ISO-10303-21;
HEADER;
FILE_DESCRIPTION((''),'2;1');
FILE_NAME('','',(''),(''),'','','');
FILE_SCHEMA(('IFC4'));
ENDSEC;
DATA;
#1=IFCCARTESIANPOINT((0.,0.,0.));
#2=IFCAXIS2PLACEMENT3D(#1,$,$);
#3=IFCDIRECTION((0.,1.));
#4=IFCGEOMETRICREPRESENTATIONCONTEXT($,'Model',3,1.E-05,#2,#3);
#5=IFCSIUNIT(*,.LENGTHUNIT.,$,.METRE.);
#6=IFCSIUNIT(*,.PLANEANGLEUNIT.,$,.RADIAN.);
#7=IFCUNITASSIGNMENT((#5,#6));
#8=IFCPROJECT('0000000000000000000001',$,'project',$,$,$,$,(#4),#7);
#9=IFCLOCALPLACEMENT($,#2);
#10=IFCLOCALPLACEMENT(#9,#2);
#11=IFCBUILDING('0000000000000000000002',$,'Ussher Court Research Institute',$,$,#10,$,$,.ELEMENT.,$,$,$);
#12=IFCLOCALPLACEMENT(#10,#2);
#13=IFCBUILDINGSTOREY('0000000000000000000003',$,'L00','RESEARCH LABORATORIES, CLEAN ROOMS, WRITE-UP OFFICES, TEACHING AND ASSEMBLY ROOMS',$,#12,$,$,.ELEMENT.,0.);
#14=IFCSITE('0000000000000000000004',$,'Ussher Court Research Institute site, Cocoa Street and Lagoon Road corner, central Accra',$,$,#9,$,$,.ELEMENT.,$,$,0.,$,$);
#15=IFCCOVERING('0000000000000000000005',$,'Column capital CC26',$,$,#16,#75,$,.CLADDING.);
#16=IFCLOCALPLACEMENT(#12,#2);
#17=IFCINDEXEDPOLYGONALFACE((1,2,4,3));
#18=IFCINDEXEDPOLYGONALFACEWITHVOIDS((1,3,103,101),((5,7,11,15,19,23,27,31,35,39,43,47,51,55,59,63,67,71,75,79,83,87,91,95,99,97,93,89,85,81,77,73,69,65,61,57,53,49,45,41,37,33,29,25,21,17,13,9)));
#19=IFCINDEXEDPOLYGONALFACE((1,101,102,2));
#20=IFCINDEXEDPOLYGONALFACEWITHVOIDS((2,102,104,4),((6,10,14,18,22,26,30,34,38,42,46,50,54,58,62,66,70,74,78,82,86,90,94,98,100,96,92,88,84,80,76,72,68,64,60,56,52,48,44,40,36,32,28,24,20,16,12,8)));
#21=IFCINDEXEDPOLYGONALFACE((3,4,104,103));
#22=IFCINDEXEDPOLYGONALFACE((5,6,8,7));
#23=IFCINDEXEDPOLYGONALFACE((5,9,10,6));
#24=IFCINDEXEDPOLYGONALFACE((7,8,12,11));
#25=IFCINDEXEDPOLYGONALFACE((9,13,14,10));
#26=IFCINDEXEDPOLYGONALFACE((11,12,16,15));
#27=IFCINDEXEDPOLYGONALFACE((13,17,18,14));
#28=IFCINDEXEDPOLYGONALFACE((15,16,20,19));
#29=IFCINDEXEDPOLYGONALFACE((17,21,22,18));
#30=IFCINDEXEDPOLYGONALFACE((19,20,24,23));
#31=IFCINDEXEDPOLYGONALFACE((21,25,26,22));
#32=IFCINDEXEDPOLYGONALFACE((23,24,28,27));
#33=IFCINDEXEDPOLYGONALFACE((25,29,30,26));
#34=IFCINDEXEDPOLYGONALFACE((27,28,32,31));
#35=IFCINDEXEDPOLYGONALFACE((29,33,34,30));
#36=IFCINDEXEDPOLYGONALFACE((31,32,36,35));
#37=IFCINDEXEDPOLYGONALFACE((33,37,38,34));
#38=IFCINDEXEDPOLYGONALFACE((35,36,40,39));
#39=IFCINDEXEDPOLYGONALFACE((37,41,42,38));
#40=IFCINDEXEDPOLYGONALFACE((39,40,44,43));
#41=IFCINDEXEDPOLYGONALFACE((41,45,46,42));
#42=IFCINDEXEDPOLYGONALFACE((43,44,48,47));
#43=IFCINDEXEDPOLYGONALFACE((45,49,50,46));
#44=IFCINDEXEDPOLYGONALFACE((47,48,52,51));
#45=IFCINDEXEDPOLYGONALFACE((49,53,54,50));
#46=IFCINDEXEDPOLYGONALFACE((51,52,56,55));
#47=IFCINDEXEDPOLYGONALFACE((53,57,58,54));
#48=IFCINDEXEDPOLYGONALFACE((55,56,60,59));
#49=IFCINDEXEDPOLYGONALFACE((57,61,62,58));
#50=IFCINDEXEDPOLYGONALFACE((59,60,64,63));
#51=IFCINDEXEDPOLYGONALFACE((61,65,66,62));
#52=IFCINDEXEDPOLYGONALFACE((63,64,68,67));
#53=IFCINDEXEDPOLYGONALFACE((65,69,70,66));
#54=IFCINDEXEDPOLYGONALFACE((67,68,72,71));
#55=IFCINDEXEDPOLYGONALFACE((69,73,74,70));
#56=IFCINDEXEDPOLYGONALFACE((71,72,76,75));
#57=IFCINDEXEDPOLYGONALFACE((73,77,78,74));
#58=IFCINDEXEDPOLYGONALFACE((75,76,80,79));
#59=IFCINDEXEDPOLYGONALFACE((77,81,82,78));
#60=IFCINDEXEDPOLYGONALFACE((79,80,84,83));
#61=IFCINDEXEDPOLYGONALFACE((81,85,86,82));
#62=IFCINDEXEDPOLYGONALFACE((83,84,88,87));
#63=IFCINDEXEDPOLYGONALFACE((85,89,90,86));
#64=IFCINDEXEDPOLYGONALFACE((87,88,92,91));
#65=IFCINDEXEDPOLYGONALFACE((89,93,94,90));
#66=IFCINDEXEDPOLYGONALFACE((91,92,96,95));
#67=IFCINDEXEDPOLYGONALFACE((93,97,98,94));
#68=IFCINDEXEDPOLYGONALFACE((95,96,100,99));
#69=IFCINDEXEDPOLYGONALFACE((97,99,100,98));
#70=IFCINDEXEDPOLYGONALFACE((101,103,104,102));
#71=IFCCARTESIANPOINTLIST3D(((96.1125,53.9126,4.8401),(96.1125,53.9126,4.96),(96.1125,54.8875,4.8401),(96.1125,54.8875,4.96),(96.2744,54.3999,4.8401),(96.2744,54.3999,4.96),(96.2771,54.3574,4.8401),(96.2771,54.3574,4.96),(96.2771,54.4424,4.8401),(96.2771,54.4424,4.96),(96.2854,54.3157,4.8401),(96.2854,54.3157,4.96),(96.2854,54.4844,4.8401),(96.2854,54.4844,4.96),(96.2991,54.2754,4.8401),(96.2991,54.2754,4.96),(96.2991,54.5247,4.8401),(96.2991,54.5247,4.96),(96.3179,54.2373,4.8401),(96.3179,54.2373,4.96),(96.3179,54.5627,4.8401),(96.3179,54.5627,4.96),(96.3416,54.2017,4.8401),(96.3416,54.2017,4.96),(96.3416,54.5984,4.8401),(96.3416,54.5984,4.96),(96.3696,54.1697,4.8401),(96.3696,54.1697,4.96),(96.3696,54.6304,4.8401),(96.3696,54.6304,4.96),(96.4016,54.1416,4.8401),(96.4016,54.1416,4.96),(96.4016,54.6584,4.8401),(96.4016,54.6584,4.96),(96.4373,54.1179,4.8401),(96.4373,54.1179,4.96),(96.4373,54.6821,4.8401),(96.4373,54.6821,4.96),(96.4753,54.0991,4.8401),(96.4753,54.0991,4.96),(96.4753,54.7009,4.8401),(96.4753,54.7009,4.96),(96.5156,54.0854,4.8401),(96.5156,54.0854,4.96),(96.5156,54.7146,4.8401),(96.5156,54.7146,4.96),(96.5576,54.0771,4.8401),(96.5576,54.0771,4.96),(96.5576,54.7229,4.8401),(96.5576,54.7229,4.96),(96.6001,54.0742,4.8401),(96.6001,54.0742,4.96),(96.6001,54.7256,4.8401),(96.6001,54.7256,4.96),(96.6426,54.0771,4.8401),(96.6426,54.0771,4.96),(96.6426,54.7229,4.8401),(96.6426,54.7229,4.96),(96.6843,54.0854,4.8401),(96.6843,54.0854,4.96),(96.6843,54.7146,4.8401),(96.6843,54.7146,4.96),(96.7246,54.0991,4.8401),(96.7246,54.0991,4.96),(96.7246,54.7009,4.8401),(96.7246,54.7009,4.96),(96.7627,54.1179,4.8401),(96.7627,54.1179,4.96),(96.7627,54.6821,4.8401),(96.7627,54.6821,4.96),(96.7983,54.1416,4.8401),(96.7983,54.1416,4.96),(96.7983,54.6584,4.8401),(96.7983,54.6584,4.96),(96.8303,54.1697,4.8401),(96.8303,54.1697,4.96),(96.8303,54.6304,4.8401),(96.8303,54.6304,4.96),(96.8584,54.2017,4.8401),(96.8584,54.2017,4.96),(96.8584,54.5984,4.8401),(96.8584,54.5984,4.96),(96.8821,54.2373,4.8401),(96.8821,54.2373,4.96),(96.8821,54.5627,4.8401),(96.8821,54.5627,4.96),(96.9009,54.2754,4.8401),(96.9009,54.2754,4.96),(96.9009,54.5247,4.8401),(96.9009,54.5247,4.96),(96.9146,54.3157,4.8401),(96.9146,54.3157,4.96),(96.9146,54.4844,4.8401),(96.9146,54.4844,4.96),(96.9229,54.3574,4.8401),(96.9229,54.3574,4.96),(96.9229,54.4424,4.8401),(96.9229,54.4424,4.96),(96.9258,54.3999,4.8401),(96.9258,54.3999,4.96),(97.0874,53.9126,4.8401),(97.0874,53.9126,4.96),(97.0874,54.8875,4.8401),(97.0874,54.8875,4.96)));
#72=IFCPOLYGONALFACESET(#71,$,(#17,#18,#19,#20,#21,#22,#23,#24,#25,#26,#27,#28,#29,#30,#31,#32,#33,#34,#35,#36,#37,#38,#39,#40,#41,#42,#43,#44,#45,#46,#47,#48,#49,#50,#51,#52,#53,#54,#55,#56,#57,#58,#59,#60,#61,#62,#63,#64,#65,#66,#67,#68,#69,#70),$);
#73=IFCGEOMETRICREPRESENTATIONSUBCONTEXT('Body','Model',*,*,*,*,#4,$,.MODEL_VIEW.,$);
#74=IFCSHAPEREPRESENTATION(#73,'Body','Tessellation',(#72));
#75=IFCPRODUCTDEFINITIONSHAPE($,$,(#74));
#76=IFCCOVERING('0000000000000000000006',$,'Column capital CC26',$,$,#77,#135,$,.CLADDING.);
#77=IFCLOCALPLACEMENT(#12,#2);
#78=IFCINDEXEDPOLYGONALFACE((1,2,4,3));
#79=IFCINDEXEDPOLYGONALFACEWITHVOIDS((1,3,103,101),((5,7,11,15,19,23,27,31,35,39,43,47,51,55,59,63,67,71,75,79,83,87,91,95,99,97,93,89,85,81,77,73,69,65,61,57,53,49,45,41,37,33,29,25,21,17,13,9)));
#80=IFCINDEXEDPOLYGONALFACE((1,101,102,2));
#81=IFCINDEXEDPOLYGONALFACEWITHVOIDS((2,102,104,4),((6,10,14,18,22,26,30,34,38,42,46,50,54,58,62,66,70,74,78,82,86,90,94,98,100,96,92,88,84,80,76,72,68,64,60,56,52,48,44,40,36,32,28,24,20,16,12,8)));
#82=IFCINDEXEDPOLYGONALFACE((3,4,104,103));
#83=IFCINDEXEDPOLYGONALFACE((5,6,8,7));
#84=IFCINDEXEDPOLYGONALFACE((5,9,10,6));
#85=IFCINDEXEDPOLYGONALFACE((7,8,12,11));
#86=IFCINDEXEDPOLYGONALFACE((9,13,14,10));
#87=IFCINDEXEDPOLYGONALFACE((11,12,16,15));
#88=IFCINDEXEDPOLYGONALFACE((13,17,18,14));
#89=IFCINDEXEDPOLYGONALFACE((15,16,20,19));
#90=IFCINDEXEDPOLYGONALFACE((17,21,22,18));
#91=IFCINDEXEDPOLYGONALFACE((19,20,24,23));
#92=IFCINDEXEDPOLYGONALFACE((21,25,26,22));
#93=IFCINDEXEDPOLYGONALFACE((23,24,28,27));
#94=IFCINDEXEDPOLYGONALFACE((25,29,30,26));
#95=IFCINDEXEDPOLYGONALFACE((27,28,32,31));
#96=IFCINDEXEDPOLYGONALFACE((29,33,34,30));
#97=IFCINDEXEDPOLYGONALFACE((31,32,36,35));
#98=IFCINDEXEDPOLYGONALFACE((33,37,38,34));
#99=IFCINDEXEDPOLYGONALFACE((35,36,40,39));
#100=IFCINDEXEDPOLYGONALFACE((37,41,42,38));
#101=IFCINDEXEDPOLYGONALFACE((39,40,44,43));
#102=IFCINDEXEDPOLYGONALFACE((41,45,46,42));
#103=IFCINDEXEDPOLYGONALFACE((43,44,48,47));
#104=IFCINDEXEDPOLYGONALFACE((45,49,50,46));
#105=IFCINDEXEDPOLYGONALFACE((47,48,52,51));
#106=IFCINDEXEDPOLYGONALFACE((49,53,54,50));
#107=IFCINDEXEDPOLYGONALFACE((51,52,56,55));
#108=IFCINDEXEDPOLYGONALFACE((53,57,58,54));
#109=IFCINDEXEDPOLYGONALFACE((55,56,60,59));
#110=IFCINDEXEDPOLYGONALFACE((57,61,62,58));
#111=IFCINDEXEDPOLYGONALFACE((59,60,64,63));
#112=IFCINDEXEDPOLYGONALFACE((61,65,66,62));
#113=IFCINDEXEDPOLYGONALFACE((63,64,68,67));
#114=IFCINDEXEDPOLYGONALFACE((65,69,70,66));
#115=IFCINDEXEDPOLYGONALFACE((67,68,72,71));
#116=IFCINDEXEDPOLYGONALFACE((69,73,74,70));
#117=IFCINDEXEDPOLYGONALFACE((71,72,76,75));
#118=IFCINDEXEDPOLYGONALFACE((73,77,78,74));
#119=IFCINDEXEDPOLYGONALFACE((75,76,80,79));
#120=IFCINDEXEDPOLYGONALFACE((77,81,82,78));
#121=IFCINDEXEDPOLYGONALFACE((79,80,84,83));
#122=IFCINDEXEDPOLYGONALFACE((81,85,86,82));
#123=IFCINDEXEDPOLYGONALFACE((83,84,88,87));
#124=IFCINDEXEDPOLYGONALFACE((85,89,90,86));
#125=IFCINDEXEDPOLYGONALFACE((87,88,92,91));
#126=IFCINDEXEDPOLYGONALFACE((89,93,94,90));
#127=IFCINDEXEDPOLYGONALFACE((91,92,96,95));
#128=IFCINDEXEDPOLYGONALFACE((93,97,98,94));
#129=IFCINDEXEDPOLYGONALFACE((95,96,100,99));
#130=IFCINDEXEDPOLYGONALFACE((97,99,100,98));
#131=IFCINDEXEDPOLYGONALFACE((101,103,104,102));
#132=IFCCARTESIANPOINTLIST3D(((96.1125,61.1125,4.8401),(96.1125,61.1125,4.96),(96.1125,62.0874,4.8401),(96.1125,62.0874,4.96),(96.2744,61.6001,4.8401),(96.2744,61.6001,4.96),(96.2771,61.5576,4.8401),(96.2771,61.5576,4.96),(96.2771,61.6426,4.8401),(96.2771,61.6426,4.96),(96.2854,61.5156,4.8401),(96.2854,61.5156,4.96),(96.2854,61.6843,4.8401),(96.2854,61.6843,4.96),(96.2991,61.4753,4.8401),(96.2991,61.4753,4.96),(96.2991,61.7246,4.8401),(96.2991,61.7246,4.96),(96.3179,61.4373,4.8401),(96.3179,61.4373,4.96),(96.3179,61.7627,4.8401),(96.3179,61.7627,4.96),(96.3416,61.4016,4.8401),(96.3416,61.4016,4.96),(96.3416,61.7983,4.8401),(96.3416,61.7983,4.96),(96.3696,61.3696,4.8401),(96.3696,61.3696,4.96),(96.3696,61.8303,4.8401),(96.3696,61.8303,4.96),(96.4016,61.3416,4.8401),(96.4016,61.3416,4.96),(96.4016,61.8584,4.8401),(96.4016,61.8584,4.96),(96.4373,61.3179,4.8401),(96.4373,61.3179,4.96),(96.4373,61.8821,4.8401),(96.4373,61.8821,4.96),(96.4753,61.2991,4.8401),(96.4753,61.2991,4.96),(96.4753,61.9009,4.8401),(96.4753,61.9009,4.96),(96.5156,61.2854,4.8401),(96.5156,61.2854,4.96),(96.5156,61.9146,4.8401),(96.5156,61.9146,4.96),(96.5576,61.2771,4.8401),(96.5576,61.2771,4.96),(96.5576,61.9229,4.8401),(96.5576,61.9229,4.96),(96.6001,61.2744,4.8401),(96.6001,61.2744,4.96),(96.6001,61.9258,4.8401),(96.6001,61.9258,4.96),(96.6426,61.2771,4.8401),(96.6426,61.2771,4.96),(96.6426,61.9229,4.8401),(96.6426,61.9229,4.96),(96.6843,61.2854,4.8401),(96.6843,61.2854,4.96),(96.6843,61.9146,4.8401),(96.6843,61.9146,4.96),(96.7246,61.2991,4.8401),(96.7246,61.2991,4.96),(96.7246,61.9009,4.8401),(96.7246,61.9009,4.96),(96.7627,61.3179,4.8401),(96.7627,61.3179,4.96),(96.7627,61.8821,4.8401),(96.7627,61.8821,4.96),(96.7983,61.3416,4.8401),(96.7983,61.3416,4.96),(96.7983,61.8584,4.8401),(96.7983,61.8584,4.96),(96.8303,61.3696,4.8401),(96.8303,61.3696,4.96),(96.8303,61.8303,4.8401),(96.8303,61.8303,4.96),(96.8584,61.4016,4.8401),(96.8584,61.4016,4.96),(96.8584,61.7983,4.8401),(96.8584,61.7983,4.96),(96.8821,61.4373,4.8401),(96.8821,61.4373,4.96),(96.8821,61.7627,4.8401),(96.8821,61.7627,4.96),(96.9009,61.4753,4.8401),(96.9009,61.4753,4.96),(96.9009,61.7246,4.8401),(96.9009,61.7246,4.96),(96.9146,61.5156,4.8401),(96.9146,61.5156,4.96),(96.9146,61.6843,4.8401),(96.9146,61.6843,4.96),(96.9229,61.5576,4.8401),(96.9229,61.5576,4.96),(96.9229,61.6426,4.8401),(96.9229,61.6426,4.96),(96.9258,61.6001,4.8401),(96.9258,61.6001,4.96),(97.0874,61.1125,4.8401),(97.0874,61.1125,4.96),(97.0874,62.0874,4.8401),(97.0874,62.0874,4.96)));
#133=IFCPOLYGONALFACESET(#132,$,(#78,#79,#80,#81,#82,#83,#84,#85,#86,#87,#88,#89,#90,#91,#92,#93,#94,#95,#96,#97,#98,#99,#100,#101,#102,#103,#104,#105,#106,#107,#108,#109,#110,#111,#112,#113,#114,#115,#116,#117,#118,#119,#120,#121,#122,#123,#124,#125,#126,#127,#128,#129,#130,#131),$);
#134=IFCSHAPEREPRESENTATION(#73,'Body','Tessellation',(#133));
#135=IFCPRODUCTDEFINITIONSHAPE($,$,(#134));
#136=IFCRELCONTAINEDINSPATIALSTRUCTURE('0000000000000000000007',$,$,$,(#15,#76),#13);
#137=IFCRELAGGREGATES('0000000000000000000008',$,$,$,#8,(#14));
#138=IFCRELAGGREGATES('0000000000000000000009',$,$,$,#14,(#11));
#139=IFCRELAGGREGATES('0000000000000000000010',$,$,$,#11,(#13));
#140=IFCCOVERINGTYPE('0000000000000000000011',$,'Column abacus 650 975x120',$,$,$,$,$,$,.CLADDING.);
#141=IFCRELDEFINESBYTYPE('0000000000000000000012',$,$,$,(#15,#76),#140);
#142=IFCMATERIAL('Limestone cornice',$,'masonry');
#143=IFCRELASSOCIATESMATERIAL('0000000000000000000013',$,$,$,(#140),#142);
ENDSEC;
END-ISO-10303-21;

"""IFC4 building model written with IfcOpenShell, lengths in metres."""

from ifc_helpers import new_model, si_unit, direction, frame, origin, place, context, subcontext, project, spatial, polyline, outline, extrude, material, type_object, element, save


model = new_model("IFC4")

# Units and contexts
model_context = context("Model", 3, precision=1e-05, world=origin(), true_north=direction((0.0, 1.0)))
body_context = subcontext(model_context, "Body", "Model", "MODEL_VIEW")
ifc_project = project(units=[si_unit("LENGTHUNIT", "METRE"), si_unit("PLANEANGLEUNIT", "RADIAN")], contexts=[model_context])

# Site, building, storey
site_placement = place(None, origin())
site = spatial("IfcSite", under=ifc_project, at=site_placement, Name="Ussher Court Research Institute site, Cocoa Street and Lagoon Road corner, central Accra", CompositionType="ELEMENT", RefElevation=0.0)
building_placement = place(site_placement, origin())
building = spatial("IfcBuilding", under=site, at=building_placement, Name="Ussher Court Research Institute", CompositionType="ELEMENT")
storey_placement = place(building_placement, origin())
storey = spatial("IfcBuildingStorey", under=building, at=storey_placement, Name="L00", Description="RESEARCH LABORATORIES, CLEAN ROOMS, WRITE-UP OFFICES, TEACHING AND ASSEMBLY ROOMS", CompositionType="ELEMENT", Elevation=0.0)

# Coverings
ifc_material_1 = material(Name="Limestone cornice", Category="masonry")
covering_type_1 = type_object("IfcCoveringType", Name="Column abacus 650 975x120", PredefinedType="CLADDING", material=ifc_material_1)
covering_1_placement = place(storey_placement, frame((0.0, 0.0, 4.8401)))
element("IfcCovering", 1, at=covering_1_placement, inside=storey, type_object=covering_type_1, Name="Column capital CC26", PredefinedType="CLADDING", context=body_context, shape_type="SweptSolid", body=[
    extrude(outline(polyline([(97.0874, 53.9126), (97.0874, 54.8875), (96.1125, 54.8875), (96.1125, 53.9126), (97.0874, 53.9126)]), holes=[polyline([(96.9258, 54.3999), (96.9229, 54.4424), (96.9146, 54.4844), (96.9009, 54.5247), (96.8821, 54.5627), (96.8584, 54.5984), (96.8303, 54.6304), (96.7983, 54.6584), (96.7627, 54.6821), (96.7246, 54.7009), (96.6843, 54.7146), (96.6426, 54.7229), (96.6001, 54.7256), (96.5576, 54.7229), (96.5156, 54.7146), (96.4753, 54.7009), (96.4373, 54.6821), (96.4016, 54.6584), (96.3696, 54.6304), (96.3416, 54.5984), (96.3179, 54.5627), (96.2991, 54.5247), (96.2854, 54.4844), (96.2771, 54.4424), (96.2744, 54.3999), (96.2771, 54.3574), (96.2854, 54.3157), (96.2991, 54.2754), (96.3179, 54.2373), (96.3416, 54.2017), (96.3696, 54.1697), (96.4016, 54.1416), (96.4373, 54.1179), (96.4753, 54.0991), (96.5156, 54.0854), (96.5576, 54.0771), (96.6001, 54.0742), (96.6426, 54.0771), (96.6843, 54.0854), (96.7246, 54.0991), (96.7627, 54.1179), (96.7983, 54.1416), (96.8303, 54.1697), (96.8584, 54.2017), (96.8821, 54.2373), (96.9009, 54.2754), (96.9146, 54.3157), (96.9229, 54.3574), (96.9258, 54.3999)])]), origin(), (0.0, 0.0, 1.0), 0.1199),
])
covering_2_placement = place(storey_placement, frame((0.0, 0.0, 4.8401)))
element("IfcCovering", 2, at=covering_2_placement, inside=storey, type_object=covering_type_1, Name="Column capital CC26", PredefinedType="CLADDING", context=body_context, shape_type="SweptSolid", body=[
    extrude(outline(polyline([(97.0874, 61.1125), (97.0874, 62.0874), (96.1125, 62.0874), (96.1125, 61.1125), (97.0874, 61.1125)]), holes=[polyline([(96.9258, 61.6001), (96.9229, 61.6426), (96.9146, 61.6843), (96.9009, 61.7246), (96.8821, 61.7627), (96.8584, 61.7983), (96.8303, 61.8303), (96.7983, 61.8584), (96.7627, 61.8821), (96.7246, 61.9009), (96.6843, 61.9146), (96.6426, 61.9229), (96.6001, 61.9258), (96.5576, 61.9229), (96.5156, 61.9146), (96.4753, 61.9009), (96.4373, 61.8821), (96.4016, 61.8584), (96.3696, 61.8303), (96.3416, 61.7983), (96.3179, 61.7627), (96.2991, 61.7246), (96.2854, 61.6843), (96.2771, 61.6426), (96.2744, 61.6001), (96.2771, 61.5576), (96.2854, 61.5156), (96.2991, 61.4753), (96.3179, 61.4373), (96.3416, 61.4016), (96.3696, 61.3696), (96.4016, 61.3416), (96.4373, 61.3179), (96.4753, 61.2991), (96.5156, 61.2854), (96.5576, 61.2771), (96.6001, 61.2744), (96.6426, 61.2771), (96.6843, 61.2854), (96.7246, 61.2991), (96.7627, 61.3179), (96.7983, 61.3416), (96.8303, 61.3696), (96.8584, 61.4016), (96.8821, 61.4373), (96.9009, 61.4753), (96.9146, 61.5156), (96.9229, 61.5576), (96.9258, 61.6001)])]), origin(), (0.0, 0.0, 1.0), 0.1199),
])

save(model, "model.ifc")
